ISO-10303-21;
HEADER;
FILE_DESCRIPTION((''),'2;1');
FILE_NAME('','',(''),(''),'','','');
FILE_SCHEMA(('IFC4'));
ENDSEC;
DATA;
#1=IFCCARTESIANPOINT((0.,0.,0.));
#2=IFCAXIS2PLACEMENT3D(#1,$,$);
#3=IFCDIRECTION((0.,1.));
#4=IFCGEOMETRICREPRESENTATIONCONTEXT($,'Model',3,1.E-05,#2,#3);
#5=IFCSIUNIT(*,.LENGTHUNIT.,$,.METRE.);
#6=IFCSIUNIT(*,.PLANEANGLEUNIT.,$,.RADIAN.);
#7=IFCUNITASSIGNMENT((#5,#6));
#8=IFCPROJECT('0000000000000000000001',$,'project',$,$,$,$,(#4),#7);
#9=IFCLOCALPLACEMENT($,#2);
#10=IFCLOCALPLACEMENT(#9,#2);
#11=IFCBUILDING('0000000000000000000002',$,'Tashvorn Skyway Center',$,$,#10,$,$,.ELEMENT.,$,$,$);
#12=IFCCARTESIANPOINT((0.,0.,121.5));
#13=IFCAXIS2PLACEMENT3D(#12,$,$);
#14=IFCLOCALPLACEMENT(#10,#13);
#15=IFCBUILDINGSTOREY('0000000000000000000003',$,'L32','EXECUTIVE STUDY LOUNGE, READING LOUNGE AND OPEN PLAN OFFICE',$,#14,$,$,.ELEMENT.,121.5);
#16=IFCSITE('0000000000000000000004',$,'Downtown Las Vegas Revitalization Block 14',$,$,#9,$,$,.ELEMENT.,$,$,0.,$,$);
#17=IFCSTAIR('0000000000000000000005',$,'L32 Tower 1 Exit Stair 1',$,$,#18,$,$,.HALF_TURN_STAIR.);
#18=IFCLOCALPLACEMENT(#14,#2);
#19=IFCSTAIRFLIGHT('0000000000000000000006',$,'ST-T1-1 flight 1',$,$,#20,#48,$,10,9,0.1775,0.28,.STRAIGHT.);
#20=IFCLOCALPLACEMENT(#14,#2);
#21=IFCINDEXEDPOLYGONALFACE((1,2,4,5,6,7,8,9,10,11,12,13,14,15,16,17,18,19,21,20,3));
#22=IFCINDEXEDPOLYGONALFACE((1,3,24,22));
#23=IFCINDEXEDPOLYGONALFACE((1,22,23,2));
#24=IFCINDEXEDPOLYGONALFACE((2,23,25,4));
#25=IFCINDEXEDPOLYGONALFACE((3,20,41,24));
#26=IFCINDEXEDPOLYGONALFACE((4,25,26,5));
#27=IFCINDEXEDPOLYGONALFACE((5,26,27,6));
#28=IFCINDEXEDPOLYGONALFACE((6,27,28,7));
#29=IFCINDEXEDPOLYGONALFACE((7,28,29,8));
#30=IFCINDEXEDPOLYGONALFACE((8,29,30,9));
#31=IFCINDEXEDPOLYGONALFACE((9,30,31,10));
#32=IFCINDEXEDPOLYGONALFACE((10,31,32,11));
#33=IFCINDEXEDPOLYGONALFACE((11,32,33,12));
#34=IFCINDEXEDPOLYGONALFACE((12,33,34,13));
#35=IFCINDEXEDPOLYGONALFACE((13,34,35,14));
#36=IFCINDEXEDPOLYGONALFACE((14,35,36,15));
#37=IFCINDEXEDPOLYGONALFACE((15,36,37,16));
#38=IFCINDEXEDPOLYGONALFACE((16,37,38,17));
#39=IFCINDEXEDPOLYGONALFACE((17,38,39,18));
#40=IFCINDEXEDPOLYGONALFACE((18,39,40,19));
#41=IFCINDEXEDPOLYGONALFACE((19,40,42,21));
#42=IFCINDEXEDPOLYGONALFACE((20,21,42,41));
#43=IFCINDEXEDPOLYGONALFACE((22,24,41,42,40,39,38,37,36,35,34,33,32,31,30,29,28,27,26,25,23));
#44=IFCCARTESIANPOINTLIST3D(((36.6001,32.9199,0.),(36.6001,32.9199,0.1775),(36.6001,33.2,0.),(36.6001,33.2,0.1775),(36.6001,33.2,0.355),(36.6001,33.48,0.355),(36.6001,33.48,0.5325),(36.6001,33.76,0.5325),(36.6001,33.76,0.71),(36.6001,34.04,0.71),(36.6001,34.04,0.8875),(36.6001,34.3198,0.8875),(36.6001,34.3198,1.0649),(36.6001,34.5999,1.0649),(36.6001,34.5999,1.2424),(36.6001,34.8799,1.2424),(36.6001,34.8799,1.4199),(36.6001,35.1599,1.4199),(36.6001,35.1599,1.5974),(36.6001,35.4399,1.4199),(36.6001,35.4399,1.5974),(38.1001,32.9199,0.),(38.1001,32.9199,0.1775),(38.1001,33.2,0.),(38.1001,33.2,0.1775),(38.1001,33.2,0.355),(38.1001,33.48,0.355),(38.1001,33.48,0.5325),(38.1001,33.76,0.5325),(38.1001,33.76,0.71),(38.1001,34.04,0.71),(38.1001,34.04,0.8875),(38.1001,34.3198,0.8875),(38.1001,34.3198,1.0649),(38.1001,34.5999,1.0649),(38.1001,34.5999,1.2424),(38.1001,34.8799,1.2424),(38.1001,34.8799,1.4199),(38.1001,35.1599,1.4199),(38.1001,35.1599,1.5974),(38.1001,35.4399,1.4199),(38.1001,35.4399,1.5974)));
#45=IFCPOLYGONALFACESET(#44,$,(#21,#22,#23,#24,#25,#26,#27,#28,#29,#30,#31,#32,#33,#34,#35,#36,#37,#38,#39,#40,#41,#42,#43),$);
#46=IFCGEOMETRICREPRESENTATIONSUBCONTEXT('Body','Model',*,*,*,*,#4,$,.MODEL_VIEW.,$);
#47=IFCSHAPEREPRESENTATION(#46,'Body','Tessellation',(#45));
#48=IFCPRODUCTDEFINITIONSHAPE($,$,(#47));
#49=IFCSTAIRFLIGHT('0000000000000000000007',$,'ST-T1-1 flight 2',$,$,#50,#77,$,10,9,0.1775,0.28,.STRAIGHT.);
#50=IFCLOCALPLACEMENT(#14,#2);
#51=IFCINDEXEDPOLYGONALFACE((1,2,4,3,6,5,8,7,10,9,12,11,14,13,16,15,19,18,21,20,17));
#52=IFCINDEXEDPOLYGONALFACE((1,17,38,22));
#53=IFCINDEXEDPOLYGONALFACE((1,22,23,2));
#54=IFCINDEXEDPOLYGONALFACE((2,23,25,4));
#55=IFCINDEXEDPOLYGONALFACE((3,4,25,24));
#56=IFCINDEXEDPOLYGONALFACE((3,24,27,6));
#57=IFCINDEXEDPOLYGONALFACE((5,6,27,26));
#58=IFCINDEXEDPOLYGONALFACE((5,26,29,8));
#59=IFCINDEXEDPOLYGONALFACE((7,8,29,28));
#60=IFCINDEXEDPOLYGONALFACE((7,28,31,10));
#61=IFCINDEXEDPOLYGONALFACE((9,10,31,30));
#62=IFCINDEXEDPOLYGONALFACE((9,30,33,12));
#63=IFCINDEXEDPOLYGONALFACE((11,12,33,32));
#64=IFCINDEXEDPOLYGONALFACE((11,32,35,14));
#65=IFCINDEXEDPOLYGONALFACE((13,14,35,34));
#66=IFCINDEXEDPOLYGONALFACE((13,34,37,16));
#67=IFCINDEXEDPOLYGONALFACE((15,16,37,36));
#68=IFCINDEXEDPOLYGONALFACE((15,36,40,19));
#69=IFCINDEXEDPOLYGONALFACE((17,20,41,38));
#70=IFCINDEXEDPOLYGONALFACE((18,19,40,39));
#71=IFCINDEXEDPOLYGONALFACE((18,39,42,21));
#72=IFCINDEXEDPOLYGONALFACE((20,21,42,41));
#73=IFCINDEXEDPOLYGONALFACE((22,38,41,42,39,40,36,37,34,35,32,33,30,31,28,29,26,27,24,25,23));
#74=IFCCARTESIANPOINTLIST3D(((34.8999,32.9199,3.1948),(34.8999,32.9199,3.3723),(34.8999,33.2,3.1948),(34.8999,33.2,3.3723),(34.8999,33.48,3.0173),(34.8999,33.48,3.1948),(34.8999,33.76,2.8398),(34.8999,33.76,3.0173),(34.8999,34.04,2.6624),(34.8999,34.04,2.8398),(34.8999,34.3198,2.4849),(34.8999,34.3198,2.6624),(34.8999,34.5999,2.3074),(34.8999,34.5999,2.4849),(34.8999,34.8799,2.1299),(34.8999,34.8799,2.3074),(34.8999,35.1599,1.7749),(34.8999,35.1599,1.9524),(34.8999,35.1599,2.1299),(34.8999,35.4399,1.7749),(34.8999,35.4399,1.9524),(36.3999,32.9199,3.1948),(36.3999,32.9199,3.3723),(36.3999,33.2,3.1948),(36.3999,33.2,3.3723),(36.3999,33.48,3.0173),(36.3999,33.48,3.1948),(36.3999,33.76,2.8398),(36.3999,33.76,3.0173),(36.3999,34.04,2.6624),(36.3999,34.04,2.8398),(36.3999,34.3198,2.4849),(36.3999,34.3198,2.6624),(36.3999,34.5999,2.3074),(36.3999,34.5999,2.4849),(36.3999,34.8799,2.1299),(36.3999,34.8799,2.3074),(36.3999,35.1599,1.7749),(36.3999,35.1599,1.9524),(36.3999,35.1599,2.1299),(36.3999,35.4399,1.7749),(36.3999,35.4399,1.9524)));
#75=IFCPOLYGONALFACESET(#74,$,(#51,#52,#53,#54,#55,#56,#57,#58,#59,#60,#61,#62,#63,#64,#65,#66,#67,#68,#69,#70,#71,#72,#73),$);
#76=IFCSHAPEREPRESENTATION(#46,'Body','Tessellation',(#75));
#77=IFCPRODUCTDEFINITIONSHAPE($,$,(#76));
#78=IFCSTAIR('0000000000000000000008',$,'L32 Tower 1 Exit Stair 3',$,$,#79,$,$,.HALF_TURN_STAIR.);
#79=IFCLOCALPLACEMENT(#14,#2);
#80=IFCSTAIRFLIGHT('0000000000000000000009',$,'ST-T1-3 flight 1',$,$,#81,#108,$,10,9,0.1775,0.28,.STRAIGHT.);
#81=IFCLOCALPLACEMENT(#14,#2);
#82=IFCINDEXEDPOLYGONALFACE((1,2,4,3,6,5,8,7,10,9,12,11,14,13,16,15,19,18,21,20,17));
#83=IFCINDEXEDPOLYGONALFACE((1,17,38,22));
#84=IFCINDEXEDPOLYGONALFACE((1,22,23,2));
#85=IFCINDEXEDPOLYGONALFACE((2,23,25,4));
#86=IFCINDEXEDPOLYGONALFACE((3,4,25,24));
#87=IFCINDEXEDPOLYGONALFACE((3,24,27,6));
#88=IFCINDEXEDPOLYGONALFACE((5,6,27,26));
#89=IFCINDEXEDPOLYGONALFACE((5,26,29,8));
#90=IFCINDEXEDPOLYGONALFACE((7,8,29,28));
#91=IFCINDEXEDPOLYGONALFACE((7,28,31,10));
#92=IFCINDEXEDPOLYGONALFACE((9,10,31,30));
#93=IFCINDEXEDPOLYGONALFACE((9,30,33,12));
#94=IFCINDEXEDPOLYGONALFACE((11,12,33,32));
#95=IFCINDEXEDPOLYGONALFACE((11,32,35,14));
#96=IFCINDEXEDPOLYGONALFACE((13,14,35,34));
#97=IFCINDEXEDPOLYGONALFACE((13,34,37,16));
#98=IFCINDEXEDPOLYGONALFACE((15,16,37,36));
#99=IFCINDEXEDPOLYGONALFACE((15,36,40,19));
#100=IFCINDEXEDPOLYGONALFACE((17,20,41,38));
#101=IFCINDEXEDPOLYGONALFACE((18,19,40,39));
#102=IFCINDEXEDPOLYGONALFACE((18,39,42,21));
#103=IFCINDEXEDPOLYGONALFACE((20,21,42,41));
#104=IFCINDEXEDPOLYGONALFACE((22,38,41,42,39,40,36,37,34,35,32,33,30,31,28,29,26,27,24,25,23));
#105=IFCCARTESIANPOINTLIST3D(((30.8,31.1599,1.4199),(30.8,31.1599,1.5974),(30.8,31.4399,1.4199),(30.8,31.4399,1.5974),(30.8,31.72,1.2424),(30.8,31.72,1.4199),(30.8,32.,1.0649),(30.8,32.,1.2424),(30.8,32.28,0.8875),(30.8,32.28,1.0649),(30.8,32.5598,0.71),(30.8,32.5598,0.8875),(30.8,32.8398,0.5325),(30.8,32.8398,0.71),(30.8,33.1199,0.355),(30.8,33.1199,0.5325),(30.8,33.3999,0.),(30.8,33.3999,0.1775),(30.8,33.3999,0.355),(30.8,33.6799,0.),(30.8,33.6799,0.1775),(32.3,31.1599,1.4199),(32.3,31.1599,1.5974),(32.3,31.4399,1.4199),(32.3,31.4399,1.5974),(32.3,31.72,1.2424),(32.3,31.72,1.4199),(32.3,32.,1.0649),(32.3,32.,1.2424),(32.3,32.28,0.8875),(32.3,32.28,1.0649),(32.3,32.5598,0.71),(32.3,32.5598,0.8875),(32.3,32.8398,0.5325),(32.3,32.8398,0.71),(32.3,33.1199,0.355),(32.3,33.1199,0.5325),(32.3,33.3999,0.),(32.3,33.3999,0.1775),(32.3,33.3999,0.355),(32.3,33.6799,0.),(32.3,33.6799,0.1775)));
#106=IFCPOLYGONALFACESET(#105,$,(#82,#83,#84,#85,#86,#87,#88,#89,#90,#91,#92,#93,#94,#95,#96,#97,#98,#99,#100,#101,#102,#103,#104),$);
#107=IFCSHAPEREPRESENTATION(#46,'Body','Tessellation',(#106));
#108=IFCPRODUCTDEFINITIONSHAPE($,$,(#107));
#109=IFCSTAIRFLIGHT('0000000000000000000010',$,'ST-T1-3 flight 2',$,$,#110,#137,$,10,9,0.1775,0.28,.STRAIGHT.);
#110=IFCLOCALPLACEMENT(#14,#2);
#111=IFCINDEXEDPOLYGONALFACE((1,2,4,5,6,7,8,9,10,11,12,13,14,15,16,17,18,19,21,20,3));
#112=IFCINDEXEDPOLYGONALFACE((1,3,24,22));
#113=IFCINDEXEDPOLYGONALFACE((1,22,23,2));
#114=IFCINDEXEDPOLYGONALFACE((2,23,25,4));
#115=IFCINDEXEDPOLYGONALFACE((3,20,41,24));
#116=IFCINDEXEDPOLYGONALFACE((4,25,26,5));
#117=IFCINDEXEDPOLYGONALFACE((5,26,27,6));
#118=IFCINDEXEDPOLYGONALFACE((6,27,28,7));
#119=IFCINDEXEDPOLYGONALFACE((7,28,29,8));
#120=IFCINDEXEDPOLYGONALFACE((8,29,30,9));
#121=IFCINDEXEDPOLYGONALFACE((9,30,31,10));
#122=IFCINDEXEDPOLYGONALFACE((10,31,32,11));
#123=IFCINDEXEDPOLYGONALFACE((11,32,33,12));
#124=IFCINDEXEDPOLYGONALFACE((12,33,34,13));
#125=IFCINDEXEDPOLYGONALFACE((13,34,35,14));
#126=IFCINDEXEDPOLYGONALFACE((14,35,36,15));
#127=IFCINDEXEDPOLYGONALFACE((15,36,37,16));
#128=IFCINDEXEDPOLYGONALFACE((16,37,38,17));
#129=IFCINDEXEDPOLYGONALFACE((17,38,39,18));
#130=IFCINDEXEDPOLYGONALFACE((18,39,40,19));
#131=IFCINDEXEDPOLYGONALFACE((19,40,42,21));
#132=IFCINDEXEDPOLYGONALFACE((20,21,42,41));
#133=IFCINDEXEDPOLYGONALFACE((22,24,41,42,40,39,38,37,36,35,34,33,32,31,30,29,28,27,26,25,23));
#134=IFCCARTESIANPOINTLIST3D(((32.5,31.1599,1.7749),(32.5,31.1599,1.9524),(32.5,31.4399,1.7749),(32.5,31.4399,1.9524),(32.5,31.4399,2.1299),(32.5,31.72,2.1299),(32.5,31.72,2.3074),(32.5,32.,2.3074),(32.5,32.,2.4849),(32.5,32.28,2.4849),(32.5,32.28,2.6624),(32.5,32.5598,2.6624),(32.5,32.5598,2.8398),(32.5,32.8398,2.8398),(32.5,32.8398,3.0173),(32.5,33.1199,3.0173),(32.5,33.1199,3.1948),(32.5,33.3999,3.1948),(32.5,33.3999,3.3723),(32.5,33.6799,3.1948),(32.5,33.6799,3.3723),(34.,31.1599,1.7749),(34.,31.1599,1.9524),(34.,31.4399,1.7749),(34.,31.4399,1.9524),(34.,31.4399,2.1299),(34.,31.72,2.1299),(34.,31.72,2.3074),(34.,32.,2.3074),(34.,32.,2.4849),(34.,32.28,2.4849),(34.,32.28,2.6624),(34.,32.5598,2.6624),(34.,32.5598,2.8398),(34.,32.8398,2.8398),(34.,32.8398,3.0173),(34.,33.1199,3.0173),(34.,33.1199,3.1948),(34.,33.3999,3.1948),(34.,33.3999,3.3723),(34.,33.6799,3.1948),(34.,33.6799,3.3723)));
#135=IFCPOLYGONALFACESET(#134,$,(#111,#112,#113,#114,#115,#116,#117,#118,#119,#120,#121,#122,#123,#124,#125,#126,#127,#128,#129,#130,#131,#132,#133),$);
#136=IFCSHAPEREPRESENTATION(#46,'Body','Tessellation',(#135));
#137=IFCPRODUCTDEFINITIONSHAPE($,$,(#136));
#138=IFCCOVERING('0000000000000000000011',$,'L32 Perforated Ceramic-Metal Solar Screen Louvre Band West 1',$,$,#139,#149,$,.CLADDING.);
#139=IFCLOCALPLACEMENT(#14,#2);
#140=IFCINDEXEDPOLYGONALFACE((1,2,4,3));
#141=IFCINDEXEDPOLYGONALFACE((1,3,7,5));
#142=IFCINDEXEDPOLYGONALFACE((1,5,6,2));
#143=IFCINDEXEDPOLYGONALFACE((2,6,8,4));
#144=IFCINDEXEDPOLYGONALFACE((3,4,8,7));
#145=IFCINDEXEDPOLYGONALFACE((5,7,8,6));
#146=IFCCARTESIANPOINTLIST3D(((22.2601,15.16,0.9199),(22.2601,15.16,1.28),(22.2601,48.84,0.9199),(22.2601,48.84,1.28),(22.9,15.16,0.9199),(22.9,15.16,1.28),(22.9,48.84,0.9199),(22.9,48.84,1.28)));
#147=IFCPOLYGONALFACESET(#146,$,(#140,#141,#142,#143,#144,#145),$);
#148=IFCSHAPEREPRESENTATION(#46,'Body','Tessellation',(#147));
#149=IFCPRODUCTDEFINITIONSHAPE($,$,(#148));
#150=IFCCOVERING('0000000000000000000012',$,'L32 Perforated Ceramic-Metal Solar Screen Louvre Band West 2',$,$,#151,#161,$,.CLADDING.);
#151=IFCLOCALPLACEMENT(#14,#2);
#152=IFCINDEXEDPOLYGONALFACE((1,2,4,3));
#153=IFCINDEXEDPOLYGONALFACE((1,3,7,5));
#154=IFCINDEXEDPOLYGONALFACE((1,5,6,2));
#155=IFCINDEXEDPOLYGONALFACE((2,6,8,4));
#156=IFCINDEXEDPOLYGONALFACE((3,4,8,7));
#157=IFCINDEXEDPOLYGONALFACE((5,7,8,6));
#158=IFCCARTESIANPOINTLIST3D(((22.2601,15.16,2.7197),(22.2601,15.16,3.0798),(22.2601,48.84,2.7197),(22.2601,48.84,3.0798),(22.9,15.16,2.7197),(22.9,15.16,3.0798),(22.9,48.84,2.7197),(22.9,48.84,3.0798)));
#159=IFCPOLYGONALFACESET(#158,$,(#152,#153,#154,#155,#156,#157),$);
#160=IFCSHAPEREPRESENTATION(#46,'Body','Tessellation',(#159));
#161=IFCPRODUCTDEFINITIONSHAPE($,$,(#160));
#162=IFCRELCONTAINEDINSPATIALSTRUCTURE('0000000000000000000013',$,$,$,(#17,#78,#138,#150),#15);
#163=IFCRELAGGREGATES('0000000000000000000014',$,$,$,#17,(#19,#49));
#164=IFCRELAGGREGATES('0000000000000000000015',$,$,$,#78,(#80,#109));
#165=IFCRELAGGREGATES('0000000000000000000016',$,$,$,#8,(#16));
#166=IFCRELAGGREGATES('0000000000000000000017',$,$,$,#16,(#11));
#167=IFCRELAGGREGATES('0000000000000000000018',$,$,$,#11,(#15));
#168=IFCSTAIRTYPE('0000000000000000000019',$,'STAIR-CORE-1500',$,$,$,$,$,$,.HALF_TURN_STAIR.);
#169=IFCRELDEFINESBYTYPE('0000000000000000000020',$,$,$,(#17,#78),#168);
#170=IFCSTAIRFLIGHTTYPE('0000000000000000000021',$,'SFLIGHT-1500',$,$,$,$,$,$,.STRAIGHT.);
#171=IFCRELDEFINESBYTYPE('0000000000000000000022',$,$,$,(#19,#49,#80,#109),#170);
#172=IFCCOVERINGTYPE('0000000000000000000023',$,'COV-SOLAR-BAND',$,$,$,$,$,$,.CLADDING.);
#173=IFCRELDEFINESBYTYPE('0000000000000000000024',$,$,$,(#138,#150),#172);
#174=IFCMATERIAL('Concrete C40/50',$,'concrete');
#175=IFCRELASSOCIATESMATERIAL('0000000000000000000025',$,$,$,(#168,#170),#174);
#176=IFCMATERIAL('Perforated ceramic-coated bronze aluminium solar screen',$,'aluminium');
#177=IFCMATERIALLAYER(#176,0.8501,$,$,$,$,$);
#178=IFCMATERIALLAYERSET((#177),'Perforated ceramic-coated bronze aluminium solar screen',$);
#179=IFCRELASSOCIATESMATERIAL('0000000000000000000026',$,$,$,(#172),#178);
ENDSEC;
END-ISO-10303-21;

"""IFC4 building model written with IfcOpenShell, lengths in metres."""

from ifc_helpers import new_model, si_unit, direction, frame, origin, origin_2d, place, context, subcontext, project, spatial, polyline, rectangle, outline, extrude, material, layer, layer_set, type_object, element, aggregate, save


model = new_model("IFC4")

# Units and contexts
model_context = context("Model", 3, precision=1e-05, world=origin(), true_north=direction((0.0, 1.0)))
body_context = subcontext(model_context, "Body", "Model", "MODEL_VIEW")
ifc_project = project(units=[si_unit("LENGTHUNIT", "METRE"), si_unit("PLANEANGLEUNIT", "RADIAN")], contexts=[model_context])

# Site, building, storey
site_placement = place(None, origin())
site = spatial("IfcSite", under=ifc_project, at=site_placement, Name="Downtown Las Vegas Revitalization Block 14", CompositionType="ELEMENT", RefElevation=0.0)
building_placement = place(site_placement, origin())
building = spatial("IfcBuilding", under=site, at=building_placement, Name="Tashvorn Skyway Center", CompositionType="ELEMENT")
storey_placement = place(building_placement, frame((0.0, 0.0, 121.5)))
storey = spatial("IfcBuildingStorey", under=building, at=storey_placement, Name="L32", Description="EXECUTIVE STUDY LOUNGE, READING LOUNGE AND OPEN PLAN OFFICE", CompositionType="ELEMENT", Elevation=121.5)

# Shared definitions
ifc_material_1 = material(Name="Concrete C40/50", Category="concrete")

# Stairs, stair flights
stair_type = type_object("IfcStairType", Name="STAIR-CORE-1500", PredefinedType="HALF_TURN_STAIR", material=ifc_material_1)
stair_1_placement = place(storey_placement, origin())
stair_1 = element("IfcStair", 1, at=stair_1_placement, inside=storey, type_object=stair_type, Name="L32 Tower 1 Exit Stair 1", PredefinedType="HALF_TURN_STAIR")
stair_flight_type = type_object("IfcStairFlightType", Name="SFLIGHT-1500", PredefinedType="STRAIGHT", material=ifc_material_1)
stair_flight_1_placement = place(storey_placement, frame((37.3501, 32.9199, 0.0), z_axis=(0.0, 0.0, 1.0), x_axis=(0.0, 1.0, 0.0)))
stair_flight_1 = element("IfcStairFlight", 2, at=stair_flight_1_placement, type_object=stair_flight_type, Name="ST-T1-1 flight 1", NumberOfRisers=10, NumberOfTreads=9, PredefinedType="STRAIGHT", RiserHeight=0.1775, TreadLength=0.28, context=body_context, shape_type="SweptSolid", body=[
    extrude(outline(polyline([(0.0, 0.0), (0.0, 0.1775), (0.28, 0.1775), (0.28, 0.355), (0.5601, 0.355), (0.5601, 0.5325), (0.8401, 0.5325), (0.8401, 0.71), (1.1201, 0.71), (1.1201, 0.8875), (1.3999, 0.8875), (1.3999, 1.0649), (1.6799, 1.0649), (1.6799, 1.2424), (1.96, 1.2424), (1.96, 1.4199), (2.24, 1.4199), (2.24, 1.5974), (2.52, 1.5974), (2.52, 1.7749), (2.52, 1.4199), (0.28, 0.0), (0.0, 0.0)])), frame((0.0, 0.75, 0.0), z_axis=(0.0, -1.0, 0.0), x_axis=(1.0, 0.0, 0.0)), (0.0, 0.0, 1.0), 1.5),
])
stair_flight_2_placement = place(storey_placement, frame((35.6499, 35.4399, 1.7749), z_axis=(0.0, 0.0, 1.0), x_axis=(0.0, -1.0, 0.0)))
stair_flight_2 = element("IfcStairFlight", 3, at=stair_flight_2_placement, type_object=stair_flight_type, Name="ST-T1-1 flight 2", NumberOfRisers=10, NumberOfTreads=9, PredefinedType="STRAIGHT", RiserHeight=0.1775, TreadLength=0.28, context=body_context, shape_type="SweptSolid", body=[
    extrude(outline(polyline([(0.0, 0.0), (0.0, 0.1775), (0.28, 0.1775), (0.28, 0.355), (0.5601, 0.355), (0.5601, 0.5325), (0.8401, 0.5325), (0.8401, 0.71), (1.1201, 0.71), (1.1201, 0.8875), (1.3999, 0.8875), (1.3999, 1.0649), (1.6799, 1.0649), (1.6799, 1.2424), (1.96, 1.2424), (1.96, 1.4199), (2.24, 1.4199), (2.24, 1.5974), (2.52, 1.5974), (2.52, 1.7749), (2.52, 1.4199), (0.28, 0.0), (0.0, 0.0)])), frame((0.0, 0.75, 0.0), z_axis=(0.0, -1.0, 0.0), x_axis=(1.0, 0.0, 0.0)), (0.0, 0.0, 1.0), 1.5),
])
aggregate(stair_1, [stair_flight_1, stair_flight_2])
stair_2_placement = place(storey_placement, origin())
stair_2 = element("IfcStair", 4, at=stair_2_placement, inside=storey, type_object=stair_type, Name="L32 Tower 1 Exit Stair 3", PredefinedType="HALF_TURN_STAIR")
stair_flight_3_placement = place(storey_placement, frame((31.55, 33.6799, 0.0), z_axis=(0.0, 0.0, 1.0), x_axis=(0.0, -1.0, 0.0)))
stair_flight_3 = element("IfcStairFlight", 5, at=stair_flight_3_placement, type_object=stair_flight_type, Name="ST-T1-3 flight 1", NumberOfRisers=10, NumberOfTreads=9, PredefinedType="STRAIGHT", RiserHeight=0.1775, TreadLength=0.28, context=body_context, shape_type="SweptSolid", body=[
    extrude(outline(polyline([(0.0, 0.0), (0.0, 0.1775), (0.28, 0.1775), (0.28, 0.355), (0.5601, 0.355), (0.5601, 0.5325), (0.8401, 0.5325), (0.8401, 0.71), (1.1201, 0.71), (1.1201, 0.8875), (1.3999, 0.8875), (1.3999, 1.0649), (1.6799, 1.0649), (1.6799, 1.2424), (1.96, 1.2424), (1.96, 1.4199), (2.24, 1.4199), (2.24, 1.5974), (2.52, 1.5974), (2.52, 1.7749), (2.52, 1.4199), (0.28, 0.0), (0.0, 0.0)])), frame((0.0, 0.75, 0.0), z_axis=(0.0, -1.0, 0.0), x_axis=(1.0, 0.0, 0.0)), (0.0, 0.0, 1.0), 1.5),
])
stair_flight_4_placement = place(storey_placement, frame((33.25, 31.1599, 1.7749), z_axis=(0.0, 0.0, 1.0), x_axis=(0.0, 1.0, 0.0)))
stair_flight_4 = element("IfcStairFlight", 6, at=stair_flight_4_placement, type_object=stair_flight_type, Name="ST-T1-3 flight 2", NumberOfRisers=10, NumberOfTreads=9, PredefinedType="STRAIGHT", RiserHeight=0.1775, TreadLength=0.28, context=body_context, shape_type="SweptSolid", body=[
    extrude(outline(polyline([(0.0, 0.0), (0.0, 0.1775), (0.28, 0.1775), (0.28, 0.355), (0.5601, 0.355), (0.5601, 0.5325), (0.8401, 0.5325), (0.8401, 0.71), (1.1201, 0.71), (1.1201, 0.8875), (1.3999, 0.8875), (1.3999, 1.0649), (1.6799, 1.0649), (1.6799, 1.2424), (1.96, 1.2424), (1.96, 1.4199), (2.24, 1.4199), (2.24, 1.5974), (2.52, 1.5974), (2.52, 1.7749), (2.52, 1.4199), (0.28, 0.0), (0.0, 0.0)])), frame((0.0, 0.75, 0.0), z_axis=(0.0, -1.0, 0.0), x_axis=(1.0, 0.0, 0.0)), (0.0, 0.0, 1.0), 1.5),
])
aggregate(stair_2, [stair_flight_3, stair_flight_4])

# Coverings
ifc_material_2 = material(Name="Perforated ceramic-coated bronze aluminium solar screen", Category="aluminium")
ifc_layer_1 = layer(ifc_material_2, 0.8501)
ifc_layer_set_1 = layer_set([ifc_layer_1], Name="Perforated ceramic-coated bronze aluminium solar screen")
covering_type = type_object("IfcCoveringType", Name="COV-SOLAR-BAND", PredefinedType="CLADDING", material=ifc_layer_set_1)
for number, where, z_axis, x_axis, name in (
    (7, (22.5801, 32.0, 0.9199), (0.0, 0.0, 1.0), (0.0, 1.0, 0.0), "L32 Perforated Ceramic-Metal Solar Screen Louvre Band West 1"),
    (8, (22.5801, 32.0, 2.7197), (0.0, 0.0, 1.0), (0.0, 1.0, 0.0), "L32 Perforated Ceramic-Metal Solar Screen Louvre Band West 2"),
):
    element("IfcCovering", number, at=place(storey_placement, frame(where, z_axis=z_axis, x_axis=x_axis)), inside=storey, type_object=covering_type, Name=name, PredefinedType="CLADDING", context=body_context, shape_type="SweptSolid", body=[
        extrude(rectangle(XDim=33.6799, YDim=0.6399, at=origin_2d()), origin(), (0.0, 0.0, 1.0), 0.3601),
    ])

save(model, "model.ifc")
